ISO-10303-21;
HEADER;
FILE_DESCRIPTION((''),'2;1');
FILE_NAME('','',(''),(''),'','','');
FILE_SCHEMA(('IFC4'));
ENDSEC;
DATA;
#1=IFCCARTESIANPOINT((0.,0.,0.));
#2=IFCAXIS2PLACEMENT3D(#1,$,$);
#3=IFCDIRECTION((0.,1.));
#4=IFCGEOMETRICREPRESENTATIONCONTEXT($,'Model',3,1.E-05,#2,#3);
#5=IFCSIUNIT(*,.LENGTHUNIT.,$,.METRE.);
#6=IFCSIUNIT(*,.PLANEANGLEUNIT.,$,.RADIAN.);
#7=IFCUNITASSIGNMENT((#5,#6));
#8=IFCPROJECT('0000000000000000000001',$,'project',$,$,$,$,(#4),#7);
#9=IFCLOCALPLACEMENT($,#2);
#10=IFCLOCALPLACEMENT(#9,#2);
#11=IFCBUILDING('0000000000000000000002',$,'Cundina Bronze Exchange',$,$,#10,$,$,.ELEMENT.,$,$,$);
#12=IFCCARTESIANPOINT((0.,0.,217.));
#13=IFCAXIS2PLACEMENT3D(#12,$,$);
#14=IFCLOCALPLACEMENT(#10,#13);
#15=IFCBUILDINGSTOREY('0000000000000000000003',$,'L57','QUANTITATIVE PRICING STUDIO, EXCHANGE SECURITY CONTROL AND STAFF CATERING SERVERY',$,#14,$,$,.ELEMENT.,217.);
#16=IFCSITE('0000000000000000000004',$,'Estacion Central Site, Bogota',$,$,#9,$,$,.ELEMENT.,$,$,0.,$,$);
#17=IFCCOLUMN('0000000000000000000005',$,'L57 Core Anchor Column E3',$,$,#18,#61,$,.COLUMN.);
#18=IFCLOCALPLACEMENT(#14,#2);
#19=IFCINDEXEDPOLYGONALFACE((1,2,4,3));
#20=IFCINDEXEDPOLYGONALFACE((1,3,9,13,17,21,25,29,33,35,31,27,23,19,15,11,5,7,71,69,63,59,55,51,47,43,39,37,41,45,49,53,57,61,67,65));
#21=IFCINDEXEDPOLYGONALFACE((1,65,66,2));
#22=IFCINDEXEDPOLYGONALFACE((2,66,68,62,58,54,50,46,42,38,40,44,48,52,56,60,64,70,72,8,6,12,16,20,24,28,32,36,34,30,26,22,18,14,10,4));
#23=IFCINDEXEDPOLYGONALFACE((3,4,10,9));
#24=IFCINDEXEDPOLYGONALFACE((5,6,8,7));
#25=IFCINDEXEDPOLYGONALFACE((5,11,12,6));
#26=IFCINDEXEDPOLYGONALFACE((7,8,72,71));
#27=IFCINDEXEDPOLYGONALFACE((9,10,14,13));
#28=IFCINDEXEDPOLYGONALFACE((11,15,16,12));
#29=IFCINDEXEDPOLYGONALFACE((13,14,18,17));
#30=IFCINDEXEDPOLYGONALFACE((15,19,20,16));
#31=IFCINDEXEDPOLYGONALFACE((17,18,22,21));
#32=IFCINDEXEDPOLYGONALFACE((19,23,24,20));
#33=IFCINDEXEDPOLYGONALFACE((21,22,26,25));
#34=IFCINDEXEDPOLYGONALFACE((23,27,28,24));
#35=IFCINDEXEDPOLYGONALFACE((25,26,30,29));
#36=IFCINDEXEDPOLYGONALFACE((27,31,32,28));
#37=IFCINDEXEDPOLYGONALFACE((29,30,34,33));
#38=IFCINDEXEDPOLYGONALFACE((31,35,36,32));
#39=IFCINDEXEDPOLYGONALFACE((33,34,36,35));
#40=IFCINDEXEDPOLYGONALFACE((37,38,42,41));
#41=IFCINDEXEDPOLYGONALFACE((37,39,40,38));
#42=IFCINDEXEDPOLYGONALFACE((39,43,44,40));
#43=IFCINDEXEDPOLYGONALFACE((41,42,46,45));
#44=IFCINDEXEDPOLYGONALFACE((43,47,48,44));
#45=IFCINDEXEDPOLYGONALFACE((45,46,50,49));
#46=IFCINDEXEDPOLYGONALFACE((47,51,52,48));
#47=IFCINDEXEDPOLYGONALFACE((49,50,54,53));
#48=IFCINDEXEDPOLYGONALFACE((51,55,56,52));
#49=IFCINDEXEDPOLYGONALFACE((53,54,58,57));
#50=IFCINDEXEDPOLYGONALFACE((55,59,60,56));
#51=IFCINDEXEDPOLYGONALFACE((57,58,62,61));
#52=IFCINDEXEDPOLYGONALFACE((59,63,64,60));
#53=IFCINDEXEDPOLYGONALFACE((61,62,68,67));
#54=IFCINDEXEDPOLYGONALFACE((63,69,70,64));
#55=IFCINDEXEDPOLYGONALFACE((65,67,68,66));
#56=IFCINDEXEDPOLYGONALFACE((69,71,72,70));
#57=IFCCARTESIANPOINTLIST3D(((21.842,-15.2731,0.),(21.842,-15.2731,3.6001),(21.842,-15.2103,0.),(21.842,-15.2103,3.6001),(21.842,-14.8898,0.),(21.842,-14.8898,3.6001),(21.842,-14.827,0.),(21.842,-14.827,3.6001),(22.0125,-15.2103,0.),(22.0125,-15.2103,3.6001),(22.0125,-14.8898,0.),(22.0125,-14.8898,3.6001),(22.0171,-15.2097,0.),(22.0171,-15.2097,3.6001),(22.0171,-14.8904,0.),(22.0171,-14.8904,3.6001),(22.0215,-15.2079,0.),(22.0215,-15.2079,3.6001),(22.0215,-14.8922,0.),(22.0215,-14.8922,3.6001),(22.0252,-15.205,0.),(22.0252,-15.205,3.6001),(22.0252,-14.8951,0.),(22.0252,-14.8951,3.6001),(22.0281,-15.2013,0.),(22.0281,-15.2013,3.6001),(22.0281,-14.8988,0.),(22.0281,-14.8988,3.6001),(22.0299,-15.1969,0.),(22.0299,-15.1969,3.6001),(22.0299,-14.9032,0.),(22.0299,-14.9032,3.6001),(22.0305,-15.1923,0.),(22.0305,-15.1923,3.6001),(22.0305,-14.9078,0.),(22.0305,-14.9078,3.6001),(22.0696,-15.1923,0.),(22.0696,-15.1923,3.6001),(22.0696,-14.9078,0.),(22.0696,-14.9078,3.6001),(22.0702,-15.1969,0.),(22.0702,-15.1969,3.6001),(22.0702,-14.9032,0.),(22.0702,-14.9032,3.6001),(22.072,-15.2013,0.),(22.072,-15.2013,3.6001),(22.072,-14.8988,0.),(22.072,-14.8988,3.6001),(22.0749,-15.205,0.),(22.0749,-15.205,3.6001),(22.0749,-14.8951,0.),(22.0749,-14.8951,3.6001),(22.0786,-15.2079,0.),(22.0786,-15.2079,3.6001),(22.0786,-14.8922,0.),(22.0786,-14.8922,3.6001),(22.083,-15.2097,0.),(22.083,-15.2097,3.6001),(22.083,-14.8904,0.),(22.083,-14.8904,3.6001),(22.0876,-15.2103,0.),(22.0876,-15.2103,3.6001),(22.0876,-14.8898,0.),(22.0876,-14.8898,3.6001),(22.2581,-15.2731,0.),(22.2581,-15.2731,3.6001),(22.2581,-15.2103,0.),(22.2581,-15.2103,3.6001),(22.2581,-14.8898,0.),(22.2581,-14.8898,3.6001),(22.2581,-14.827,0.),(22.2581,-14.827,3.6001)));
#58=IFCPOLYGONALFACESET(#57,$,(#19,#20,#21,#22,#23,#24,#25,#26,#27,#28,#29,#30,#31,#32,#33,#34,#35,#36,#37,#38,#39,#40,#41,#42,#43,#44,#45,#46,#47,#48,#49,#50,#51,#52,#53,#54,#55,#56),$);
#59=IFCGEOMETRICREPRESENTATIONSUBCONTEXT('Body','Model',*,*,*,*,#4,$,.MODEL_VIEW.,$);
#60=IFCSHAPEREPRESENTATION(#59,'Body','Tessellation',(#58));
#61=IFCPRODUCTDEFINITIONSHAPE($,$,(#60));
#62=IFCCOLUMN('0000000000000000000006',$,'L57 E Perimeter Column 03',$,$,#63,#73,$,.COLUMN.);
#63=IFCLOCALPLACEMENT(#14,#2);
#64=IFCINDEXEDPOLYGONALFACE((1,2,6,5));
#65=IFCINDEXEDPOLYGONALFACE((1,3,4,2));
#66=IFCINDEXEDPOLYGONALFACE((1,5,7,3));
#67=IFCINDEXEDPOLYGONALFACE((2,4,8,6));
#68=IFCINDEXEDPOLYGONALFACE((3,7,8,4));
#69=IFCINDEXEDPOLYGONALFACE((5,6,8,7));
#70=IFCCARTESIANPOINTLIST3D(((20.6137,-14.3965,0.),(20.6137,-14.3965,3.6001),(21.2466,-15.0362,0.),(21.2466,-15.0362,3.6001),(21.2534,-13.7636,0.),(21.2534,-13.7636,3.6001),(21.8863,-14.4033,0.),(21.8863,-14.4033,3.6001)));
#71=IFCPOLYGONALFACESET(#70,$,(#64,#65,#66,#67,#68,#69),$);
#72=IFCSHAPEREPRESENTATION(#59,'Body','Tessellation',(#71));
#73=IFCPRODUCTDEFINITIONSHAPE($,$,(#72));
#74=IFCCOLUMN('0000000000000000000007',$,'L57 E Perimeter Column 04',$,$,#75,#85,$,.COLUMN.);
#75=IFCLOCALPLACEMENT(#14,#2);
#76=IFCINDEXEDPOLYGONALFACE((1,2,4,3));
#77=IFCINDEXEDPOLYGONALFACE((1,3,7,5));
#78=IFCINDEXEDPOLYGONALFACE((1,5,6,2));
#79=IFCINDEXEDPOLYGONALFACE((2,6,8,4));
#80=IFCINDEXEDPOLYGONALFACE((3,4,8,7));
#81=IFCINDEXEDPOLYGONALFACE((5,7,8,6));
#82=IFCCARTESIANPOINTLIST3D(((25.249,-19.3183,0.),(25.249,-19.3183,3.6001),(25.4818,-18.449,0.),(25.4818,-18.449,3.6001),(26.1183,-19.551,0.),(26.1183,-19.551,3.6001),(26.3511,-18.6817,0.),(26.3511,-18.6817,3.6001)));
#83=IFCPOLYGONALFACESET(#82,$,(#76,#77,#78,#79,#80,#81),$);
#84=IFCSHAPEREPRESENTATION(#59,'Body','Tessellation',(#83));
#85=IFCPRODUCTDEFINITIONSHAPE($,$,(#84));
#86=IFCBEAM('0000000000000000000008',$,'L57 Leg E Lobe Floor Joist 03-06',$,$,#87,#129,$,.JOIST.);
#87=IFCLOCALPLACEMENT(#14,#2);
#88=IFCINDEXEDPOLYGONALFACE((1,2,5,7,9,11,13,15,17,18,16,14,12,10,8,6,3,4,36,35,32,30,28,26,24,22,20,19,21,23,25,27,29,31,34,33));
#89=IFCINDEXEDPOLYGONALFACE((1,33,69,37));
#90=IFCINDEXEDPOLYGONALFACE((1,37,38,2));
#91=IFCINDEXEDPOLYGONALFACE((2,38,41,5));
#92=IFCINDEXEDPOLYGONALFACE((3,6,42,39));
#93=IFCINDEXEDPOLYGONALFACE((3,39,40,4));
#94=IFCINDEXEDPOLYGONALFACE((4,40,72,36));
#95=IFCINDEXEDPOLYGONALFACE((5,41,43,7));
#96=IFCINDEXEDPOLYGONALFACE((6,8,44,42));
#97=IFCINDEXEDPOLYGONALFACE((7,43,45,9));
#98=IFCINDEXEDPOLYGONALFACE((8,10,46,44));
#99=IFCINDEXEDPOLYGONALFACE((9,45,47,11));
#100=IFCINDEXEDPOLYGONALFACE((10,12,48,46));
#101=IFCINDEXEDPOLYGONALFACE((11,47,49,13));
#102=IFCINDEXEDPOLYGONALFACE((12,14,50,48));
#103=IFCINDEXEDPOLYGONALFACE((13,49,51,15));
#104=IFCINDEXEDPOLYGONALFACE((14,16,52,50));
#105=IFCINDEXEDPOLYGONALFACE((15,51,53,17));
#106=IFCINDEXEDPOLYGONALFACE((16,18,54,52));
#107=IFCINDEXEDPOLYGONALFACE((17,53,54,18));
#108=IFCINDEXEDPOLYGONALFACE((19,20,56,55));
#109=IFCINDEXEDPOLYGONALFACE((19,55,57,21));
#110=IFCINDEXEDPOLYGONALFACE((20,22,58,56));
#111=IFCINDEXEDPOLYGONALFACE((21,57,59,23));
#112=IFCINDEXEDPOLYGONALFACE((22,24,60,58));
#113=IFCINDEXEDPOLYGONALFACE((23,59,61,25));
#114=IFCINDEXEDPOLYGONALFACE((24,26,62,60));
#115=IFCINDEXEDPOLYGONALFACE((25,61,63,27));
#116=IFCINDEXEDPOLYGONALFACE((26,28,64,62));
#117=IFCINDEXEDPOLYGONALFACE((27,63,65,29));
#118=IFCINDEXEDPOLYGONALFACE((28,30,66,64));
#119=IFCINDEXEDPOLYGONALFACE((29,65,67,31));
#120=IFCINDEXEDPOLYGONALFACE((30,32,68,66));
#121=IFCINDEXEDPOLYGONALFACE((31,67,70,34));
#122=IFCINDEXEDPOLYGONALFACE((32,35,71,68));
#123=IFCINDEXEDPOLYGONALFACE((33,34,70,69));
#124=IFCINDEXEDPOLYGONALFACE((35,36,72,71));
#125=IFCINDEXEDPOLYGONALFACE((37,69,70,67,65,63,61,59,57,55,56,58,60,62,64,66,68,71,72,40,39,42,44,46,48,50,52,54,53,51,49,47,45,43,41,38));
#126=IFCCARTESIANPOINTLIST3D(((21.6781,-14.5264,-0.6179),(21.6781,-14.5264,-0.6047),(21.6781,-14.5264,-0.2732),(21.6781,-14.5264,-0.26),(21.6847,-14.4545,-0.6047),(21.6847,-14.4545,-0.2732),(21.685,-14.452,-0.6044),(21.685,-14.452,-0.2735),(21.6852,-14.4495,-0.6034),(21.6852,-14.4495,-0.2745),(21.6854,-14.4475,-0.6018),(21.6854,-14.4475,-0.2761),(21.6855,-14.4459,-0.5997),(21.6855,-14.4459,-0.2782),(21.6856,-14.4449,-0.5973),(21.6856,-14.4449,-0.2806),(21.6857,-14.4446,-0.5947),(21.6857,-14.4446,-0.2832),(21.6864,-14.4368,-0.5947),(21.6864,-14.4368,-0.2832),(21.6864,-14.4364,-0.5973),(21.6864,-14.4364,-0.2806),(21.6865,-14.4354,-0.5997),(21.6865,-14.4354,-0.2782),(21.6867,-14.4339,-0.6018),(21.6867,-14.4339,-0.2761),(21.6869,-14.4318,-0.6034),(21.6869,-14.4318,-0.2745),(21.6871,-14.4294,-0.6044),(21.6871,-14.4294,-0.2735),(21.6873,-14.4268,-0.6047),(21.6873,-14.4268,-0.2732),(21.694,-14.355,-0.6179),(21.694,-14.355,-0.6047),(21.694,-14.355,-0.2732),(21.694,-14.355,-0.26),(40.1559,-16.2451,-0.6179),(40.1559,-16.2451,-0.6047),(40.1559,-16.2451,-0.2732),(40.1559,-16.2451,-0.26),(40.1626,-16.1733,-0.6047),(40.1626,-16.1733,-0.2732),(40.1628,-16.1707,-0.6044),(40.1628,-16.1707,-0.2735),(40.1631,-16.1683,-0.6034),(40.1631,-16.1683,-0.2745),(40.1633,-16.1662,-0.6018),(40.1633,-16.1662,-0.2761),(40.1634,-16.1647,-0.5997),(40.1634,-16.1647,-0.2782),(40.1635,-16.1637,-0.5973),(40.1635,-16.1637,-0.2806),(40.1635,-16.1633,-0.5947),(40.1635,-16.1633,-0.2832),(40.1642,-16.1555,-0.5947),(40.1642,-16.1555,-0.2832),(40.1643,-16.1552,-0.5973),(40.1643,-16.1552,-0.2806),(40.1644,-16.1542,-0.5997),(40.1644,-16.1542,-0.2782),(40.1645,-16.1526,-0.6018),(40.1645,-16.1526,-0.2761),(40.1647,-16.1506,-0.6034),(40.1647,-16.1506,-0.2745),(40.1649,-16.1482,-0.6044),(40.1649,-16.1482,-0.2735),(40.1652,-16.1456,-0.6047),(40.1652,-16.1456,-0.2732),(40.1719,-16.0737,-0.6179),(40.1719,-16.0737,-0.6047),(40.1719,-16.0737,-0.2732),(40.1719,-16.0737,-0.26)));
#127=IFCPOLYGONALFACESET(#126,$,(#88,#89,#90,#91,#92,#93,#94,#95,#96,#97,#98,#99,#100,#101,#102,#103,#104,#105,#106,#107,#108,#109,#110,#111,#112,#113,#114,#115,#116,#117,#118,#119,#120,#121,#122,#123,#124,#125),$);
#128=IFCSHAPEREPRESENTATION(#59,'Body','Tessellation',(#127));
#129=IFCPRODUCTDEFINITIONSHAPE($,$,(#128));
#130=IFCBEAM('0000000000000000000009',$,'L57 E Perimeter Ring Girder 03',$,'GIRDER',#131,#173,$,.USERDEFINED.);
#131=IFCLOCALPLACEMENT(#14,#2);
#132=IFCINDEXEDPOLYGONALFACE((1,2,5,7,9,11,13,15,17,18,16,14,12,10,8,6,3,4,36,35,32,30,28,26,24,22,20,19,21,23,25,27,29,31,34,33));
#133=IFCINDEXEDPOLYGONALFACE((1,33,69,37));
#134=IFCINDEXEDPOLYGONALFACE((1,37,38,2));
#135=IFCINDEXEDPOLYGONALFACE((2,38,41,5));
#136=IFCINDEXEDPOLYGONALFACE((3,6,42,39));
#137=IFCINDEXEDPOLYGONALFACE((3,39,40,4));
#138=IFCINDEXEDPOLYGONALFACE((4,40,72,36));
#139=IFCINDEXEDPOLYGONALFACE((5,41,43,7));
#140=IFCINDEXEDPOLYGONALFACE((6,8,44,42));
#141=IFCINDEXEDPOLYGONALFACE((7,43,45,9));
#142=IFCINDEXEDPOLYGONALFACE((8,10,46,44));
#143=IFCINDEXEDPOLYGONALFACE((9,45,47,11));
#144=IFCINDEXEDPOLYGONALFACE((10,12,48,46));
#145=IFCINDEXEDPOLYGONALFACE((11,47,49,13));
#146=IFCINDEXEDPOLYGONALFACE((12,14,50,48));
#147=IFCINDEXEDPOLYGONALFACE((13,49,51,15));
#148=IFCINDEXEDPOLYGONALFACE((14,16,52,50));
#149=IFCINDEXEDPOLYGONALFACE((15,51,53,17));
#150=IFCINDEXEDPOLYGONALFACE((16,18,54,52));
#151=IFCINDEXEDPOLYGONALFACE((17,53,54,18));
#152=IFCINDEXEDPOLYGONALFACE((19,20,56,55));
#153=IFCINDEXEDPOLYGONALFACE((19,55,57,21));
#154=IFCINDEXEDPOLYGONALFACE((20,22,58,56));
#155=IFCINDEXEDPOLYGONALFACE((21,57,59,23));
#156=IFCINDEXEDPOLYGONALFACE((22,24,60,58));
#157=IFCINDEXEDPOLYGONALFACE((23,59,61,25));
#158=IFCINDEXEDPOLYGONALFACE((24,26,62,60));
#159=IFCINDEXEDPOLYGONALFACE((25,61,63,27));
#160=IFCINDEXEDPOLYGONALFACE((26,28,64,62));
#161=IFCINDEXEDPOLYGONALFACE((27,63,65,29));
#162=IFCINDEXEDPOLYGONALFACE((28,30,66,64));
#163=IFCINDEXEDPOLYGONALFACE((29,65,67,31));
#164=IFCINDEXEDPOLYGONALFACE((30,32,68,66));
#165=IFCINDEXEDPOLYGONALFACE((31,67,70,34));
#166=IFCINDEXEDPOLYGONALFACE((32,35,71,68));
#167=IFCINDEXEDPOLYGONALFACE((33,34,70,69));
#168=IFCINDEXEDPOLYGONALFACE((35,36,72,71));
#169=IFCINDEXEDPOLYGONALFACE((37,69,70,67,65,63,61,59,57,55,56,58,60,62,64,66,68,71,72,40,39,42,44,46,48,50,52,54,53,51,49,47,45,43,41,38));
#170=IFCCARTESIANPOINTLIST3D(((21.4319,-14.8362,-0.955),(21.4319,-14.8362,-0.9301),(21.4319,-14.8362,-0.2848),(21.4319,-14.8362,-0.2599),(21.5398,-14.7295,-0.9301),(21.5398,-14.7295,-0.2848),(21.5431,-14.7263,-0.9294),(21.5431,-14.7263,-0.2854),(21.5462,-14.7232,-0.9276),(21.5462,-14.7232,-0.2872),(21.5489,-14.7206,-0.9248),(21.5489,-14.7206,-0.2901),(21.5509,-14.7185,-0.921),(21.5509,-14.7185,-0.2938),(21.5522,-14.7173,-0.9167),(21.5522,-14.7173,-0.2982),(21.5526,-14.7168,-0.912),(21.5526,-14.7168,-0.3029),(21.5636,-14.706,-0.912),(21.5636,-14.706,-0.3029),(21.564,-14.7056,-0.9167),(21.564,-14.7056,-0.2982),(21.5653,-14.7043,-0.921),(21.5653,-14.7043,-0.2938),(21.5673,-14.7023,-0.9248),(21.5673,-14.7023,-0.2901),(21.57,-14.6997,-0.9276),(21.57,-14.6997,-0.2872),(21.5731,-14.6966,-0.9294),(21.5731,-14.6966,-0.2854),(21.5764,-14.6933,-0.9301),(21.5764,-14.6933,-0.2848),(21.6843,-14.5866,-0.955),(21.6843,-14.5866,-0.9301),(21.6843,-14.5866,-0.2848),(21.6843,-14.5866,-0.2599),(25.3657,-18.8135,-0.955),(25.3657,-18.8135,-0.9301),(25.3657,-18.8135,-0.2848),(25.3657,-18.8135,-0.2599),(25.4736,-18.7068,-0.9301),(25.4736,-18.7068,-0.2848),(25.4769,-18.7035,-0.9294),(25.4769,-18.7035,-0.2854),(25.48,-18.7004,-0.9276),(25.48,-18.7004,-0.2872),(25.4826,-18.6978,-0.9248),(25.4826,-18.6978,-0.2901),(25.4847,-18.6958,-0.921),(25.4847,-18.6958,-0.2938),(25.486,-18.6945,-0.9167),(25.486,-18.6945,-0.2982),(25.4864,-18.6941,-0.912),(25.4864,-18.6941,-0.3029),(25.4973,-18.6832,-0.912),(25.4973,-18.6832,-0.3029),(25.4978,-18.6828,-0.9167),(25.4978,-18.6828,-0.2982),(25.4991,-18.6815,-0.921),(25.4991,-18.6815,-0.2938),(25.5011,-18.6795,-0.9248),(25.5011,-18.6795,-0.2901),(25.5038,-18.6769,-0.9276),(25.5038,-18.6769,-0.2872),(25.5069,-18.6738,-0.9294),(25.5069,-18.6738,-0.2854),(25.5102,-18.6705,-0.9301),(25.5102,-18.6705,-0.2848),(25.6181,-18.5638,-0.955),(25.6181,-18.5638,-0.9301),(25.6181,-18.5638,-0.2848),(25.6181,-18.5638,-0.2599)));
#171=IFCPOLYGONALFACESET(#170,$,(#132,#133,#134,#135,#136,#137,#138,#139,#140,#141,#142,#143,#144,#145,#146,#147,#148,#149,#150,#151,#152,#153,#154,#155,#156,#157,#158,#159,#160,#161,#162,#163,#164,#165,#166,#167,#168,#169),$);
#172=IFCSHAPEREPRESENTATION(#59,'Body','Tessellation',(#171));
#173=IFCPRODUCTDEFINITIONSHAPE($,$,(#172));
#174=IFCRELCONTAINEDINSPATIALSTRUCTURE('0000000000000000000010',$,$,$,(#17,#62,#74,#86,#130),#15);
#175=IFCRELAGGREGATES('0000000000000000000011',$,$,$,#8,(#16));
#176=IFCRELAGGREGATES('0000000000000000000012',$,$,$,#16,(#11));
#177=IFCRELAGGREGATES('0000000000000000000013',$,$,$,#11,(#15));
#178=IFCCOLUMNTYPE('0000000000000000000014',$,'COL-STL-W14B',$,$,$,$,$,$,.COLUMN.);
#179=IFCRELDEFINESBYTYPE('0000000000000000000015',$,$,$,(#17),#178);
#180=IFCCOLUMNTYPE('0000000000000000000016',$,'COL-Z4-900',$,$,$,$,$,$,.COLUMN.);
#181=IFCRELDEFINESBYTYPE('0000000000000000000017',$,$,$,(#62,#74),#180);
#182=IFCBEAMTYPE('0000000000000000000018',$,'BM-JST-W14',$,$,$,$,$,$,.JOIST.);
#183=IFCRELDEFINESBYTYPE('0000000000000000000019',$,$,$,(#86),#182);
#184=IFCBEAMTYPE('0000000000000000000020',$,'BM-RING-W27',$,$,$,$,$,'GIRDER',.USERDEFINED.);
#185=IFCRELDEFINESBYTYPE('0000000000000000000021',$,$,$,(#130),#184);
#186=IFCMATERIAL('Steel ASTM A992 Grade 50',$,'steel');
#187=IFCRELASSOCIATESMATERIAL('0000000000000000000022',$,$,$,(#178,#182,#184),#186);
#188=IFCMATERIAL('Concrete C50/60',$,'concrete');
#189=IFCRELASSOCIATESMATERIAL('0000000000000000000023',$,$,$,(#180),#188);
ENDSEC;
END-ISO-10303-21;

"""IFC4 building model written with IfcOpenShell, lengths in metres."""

from ifc_helpers import new_model, si_unit, direction, frame, origin, origin_2d, place, context, subcontext, project, spatial, rectangle, i_section, extrude, material, material_profile, profile_set, type_object, element, save


model = new_model("IFC4")

# Units and contexts
model_context = context("Model", 3, precision=1e-05, world=origin(), true_north=direction((0.0, 1.0)))
body_context = subcontext(model_context, "Body", "Model", "MODEL_VIEW")
ifc_project = project(units=[si_unit("LENGTHUNIT", "METRE"), si_unit("PLANEANGLEUNIT", "RADIAN")], contexts=[model_context])

# Site, building, storey
site_placement = place(None, origin())
site = spatial("IfcSite", under=ifc_project, at=site_placement, Name="Estacion Central Site, Bogota", CompositionType="ELEMENT", RefElevation=0.0)
building_placement = place(site_placement, origin())
building = spatial("IfcBuilding", under=site, at=building_placement, Name="Cundina Bronze Exchange", CompositionType="ELEMENT")
storey_placement = place(building_placement, frame((0.0, 0.0, 217.0)))
storey = spatial("IfcBuildingStorey", under=building, at=storey_placement, Name="L57", Description="QUANTITATIVE PRICING STUDIO, EXCHANGE SECURITY CONTROL AND STAFF CATERING SERVERY", CompositionType="ELEMENT", Elevation=217.0)

# Columns
ifc_material_1 = material(Name="Steel ASTM A992 Grade 50", Category="steel")
ifc_material_profile_1 = material_profile(ifc_material_1, i_section(OverallWidth=0.416, OverallDepth=0.446, WebThickness=0.0391, FlangeThickness=0.0627, FilletRadius=0.0181, at=origin_2d()), Name="W14X342", Category="steel")
ifc_profile_set_1 = profile_set([ifc_material_profile_1], Name="Steel ASTM A992 Grade 50")
column_type_1 = type_object("IfcColumnType", Name="COL-STL-W14B", PredefinedType="COLUMN", material=ifc_profile_set_1)
column_placement = place(storey_placement, frame((22.05, -15.05, 0.0), z_axis=(0.0, 0.0, 1.0), x_axis=(1.0, 0.0, 0.0)))
element("IfcColumn", 1, at=column_placement, inside=storey, type_object=column_type_1, Name="L57 Core Anchor Column E3", PredefinedType="COLUMN", context=body_context, shape_type="SweptSolid", body=[
    extrude(i_section(OverallWidth=0.416, OverallDepth=0.446, WebThickness=0.0391, FlangeThickness=0.0627, FilletRadius=0.0181, at=origin_2d()), origin(), (0.0, 0.0, 1.0), 3.6001),
])
ifc_material_2 = material(Name="Concrete C50/60", Category="concrete")
ifc_material_profile_2 = material_profile(ifc_material_2, rectangle(XDim=0.8999, YDim=0.8999, at=origin_2d()), Name="RC900X900", Category="concrete")
ifc_profile_set_2 = profile_set([ifc_material_profile_2], Name="Concrete C50/60")
column_type_2 = type_object("IfcColumnType", Name="COL-Z4-900", PredefinedType="COLUMN", material=ifc_profile_set_2)
for number, where, z_axis, x_axis, name in (
    (2, (21.25, -14.3999, 0.0), (0.0, 0.0, 1.0), (0.703271, -0.710922, 0.0), "L57 E Perimeter Column 03"),
    (3, (25.8, -19.0, 0.0), (0.0, 0.0, 1.0), (0.965971, -0.25865, 0.0), "L57 E Perimeter Column 04"),
):
    element("IfcColumn", number, at=place(storey_placement, frame(where, z_axis=z_axis, x_axis=x_axis)), inside=storey, type_object=column_type_2, Name=name, PredefinedType="COLUMN", context=body_context, shape_type="SweptSolid", body=[
        extrude(rectangle(XDim=0.8999, YDim=0.8999, at=origin_2d()), origin(), (0.0, 0.0, 1.0), 3.6001),
    ])

# Beams
ifc_material_profile_3 = material_profile(ifc_material_1, i_section(OverallWidth=0.1721, OverallDepth=0.3579, WebThickness=0.0078, FlangeThickness=0.0132, FilletRadius=0.01, at=origin_2d()), Name="W14X38", Category="steel")
ifc_profile_set_3 = profile_set([ifc_material_profile_3], Name="Steel ASTM A992 Grade 50")
beam_type_1 = type_object("IfcBeamType", Name="BM-JST-W14", PredefinedType="JOIST", material=ifc_profile_set_3)
beam_1_placement = place(storey_placement, frame((21.686, -14.4407, -0.439), z_axis=(0.995702, -0.092617, 0.0), x_axis=(0.092617, 0.995702, 0.0)))
element("IfcBeam", 4, at=beam_1_placement, inside=storey, type_object=beam_type_1, Name="L57 Leg E Lobe Floor Joist 03-06", PredefinedType="JOIST", context=body_context, shape_type="SweptSolid", body=[
    extrude(i_section(OverallWidth=0.1721, OverallDepth=0.3579, WebThickness=0.0078, FlangeThickness=0.0132, FilletRadius=0.01, at=origin_2d()), origin(), (0.0, 0.0, 1.0), 18.5576),
])
ifc_material_profile_4 = material_profile(ifc_material_1, i_section(OverallWidth=0.355, OverallDepth=0.6951, WebThickness=0.0154, FlangeThickness=0.0249, FilletRadius=0.0181, at=origin_2d()), Name="W27X146", Category="steel")
ifc_profile_set_4 = profile_set([ifc_material_profile_4], Name="Steel ASTM A992 Grade 50")
beam_type_2 = type_object("IfcBeamType", Name="BM-RING-W27", ElementType="GIRDER", PredefinedType="USERDEFINED", material=ifc_profile_set_4)
beam_2_placement = place(storey_placement, frame((21.5581, -14.7114, -0.6074), z_axis=(0.703212, -0.71098, 0.0), x_axis=(0.71098, 0.703212, 0.0)))
element("IfcBeam", 5, at=beam_2_placement, inside=storey, type_object=beam_type_2, Name="L57 E Perimeter Ring Girder 03", ObjectType="GIRDER", PredefinedType="USERDEFINED", context=body_context, shape_type="SweptSolid", body=[
    extrude(i_section(OverallWidth=0.355, OverallDepth=0.6951, WebThickness=0.0154, FlangeThickness=0.0249, FilletRadius=0.0181, at=origin_2d()), origin(), (0.0, 0.0, 1.0), 5.594),
])

save(model, "model.ifc")
